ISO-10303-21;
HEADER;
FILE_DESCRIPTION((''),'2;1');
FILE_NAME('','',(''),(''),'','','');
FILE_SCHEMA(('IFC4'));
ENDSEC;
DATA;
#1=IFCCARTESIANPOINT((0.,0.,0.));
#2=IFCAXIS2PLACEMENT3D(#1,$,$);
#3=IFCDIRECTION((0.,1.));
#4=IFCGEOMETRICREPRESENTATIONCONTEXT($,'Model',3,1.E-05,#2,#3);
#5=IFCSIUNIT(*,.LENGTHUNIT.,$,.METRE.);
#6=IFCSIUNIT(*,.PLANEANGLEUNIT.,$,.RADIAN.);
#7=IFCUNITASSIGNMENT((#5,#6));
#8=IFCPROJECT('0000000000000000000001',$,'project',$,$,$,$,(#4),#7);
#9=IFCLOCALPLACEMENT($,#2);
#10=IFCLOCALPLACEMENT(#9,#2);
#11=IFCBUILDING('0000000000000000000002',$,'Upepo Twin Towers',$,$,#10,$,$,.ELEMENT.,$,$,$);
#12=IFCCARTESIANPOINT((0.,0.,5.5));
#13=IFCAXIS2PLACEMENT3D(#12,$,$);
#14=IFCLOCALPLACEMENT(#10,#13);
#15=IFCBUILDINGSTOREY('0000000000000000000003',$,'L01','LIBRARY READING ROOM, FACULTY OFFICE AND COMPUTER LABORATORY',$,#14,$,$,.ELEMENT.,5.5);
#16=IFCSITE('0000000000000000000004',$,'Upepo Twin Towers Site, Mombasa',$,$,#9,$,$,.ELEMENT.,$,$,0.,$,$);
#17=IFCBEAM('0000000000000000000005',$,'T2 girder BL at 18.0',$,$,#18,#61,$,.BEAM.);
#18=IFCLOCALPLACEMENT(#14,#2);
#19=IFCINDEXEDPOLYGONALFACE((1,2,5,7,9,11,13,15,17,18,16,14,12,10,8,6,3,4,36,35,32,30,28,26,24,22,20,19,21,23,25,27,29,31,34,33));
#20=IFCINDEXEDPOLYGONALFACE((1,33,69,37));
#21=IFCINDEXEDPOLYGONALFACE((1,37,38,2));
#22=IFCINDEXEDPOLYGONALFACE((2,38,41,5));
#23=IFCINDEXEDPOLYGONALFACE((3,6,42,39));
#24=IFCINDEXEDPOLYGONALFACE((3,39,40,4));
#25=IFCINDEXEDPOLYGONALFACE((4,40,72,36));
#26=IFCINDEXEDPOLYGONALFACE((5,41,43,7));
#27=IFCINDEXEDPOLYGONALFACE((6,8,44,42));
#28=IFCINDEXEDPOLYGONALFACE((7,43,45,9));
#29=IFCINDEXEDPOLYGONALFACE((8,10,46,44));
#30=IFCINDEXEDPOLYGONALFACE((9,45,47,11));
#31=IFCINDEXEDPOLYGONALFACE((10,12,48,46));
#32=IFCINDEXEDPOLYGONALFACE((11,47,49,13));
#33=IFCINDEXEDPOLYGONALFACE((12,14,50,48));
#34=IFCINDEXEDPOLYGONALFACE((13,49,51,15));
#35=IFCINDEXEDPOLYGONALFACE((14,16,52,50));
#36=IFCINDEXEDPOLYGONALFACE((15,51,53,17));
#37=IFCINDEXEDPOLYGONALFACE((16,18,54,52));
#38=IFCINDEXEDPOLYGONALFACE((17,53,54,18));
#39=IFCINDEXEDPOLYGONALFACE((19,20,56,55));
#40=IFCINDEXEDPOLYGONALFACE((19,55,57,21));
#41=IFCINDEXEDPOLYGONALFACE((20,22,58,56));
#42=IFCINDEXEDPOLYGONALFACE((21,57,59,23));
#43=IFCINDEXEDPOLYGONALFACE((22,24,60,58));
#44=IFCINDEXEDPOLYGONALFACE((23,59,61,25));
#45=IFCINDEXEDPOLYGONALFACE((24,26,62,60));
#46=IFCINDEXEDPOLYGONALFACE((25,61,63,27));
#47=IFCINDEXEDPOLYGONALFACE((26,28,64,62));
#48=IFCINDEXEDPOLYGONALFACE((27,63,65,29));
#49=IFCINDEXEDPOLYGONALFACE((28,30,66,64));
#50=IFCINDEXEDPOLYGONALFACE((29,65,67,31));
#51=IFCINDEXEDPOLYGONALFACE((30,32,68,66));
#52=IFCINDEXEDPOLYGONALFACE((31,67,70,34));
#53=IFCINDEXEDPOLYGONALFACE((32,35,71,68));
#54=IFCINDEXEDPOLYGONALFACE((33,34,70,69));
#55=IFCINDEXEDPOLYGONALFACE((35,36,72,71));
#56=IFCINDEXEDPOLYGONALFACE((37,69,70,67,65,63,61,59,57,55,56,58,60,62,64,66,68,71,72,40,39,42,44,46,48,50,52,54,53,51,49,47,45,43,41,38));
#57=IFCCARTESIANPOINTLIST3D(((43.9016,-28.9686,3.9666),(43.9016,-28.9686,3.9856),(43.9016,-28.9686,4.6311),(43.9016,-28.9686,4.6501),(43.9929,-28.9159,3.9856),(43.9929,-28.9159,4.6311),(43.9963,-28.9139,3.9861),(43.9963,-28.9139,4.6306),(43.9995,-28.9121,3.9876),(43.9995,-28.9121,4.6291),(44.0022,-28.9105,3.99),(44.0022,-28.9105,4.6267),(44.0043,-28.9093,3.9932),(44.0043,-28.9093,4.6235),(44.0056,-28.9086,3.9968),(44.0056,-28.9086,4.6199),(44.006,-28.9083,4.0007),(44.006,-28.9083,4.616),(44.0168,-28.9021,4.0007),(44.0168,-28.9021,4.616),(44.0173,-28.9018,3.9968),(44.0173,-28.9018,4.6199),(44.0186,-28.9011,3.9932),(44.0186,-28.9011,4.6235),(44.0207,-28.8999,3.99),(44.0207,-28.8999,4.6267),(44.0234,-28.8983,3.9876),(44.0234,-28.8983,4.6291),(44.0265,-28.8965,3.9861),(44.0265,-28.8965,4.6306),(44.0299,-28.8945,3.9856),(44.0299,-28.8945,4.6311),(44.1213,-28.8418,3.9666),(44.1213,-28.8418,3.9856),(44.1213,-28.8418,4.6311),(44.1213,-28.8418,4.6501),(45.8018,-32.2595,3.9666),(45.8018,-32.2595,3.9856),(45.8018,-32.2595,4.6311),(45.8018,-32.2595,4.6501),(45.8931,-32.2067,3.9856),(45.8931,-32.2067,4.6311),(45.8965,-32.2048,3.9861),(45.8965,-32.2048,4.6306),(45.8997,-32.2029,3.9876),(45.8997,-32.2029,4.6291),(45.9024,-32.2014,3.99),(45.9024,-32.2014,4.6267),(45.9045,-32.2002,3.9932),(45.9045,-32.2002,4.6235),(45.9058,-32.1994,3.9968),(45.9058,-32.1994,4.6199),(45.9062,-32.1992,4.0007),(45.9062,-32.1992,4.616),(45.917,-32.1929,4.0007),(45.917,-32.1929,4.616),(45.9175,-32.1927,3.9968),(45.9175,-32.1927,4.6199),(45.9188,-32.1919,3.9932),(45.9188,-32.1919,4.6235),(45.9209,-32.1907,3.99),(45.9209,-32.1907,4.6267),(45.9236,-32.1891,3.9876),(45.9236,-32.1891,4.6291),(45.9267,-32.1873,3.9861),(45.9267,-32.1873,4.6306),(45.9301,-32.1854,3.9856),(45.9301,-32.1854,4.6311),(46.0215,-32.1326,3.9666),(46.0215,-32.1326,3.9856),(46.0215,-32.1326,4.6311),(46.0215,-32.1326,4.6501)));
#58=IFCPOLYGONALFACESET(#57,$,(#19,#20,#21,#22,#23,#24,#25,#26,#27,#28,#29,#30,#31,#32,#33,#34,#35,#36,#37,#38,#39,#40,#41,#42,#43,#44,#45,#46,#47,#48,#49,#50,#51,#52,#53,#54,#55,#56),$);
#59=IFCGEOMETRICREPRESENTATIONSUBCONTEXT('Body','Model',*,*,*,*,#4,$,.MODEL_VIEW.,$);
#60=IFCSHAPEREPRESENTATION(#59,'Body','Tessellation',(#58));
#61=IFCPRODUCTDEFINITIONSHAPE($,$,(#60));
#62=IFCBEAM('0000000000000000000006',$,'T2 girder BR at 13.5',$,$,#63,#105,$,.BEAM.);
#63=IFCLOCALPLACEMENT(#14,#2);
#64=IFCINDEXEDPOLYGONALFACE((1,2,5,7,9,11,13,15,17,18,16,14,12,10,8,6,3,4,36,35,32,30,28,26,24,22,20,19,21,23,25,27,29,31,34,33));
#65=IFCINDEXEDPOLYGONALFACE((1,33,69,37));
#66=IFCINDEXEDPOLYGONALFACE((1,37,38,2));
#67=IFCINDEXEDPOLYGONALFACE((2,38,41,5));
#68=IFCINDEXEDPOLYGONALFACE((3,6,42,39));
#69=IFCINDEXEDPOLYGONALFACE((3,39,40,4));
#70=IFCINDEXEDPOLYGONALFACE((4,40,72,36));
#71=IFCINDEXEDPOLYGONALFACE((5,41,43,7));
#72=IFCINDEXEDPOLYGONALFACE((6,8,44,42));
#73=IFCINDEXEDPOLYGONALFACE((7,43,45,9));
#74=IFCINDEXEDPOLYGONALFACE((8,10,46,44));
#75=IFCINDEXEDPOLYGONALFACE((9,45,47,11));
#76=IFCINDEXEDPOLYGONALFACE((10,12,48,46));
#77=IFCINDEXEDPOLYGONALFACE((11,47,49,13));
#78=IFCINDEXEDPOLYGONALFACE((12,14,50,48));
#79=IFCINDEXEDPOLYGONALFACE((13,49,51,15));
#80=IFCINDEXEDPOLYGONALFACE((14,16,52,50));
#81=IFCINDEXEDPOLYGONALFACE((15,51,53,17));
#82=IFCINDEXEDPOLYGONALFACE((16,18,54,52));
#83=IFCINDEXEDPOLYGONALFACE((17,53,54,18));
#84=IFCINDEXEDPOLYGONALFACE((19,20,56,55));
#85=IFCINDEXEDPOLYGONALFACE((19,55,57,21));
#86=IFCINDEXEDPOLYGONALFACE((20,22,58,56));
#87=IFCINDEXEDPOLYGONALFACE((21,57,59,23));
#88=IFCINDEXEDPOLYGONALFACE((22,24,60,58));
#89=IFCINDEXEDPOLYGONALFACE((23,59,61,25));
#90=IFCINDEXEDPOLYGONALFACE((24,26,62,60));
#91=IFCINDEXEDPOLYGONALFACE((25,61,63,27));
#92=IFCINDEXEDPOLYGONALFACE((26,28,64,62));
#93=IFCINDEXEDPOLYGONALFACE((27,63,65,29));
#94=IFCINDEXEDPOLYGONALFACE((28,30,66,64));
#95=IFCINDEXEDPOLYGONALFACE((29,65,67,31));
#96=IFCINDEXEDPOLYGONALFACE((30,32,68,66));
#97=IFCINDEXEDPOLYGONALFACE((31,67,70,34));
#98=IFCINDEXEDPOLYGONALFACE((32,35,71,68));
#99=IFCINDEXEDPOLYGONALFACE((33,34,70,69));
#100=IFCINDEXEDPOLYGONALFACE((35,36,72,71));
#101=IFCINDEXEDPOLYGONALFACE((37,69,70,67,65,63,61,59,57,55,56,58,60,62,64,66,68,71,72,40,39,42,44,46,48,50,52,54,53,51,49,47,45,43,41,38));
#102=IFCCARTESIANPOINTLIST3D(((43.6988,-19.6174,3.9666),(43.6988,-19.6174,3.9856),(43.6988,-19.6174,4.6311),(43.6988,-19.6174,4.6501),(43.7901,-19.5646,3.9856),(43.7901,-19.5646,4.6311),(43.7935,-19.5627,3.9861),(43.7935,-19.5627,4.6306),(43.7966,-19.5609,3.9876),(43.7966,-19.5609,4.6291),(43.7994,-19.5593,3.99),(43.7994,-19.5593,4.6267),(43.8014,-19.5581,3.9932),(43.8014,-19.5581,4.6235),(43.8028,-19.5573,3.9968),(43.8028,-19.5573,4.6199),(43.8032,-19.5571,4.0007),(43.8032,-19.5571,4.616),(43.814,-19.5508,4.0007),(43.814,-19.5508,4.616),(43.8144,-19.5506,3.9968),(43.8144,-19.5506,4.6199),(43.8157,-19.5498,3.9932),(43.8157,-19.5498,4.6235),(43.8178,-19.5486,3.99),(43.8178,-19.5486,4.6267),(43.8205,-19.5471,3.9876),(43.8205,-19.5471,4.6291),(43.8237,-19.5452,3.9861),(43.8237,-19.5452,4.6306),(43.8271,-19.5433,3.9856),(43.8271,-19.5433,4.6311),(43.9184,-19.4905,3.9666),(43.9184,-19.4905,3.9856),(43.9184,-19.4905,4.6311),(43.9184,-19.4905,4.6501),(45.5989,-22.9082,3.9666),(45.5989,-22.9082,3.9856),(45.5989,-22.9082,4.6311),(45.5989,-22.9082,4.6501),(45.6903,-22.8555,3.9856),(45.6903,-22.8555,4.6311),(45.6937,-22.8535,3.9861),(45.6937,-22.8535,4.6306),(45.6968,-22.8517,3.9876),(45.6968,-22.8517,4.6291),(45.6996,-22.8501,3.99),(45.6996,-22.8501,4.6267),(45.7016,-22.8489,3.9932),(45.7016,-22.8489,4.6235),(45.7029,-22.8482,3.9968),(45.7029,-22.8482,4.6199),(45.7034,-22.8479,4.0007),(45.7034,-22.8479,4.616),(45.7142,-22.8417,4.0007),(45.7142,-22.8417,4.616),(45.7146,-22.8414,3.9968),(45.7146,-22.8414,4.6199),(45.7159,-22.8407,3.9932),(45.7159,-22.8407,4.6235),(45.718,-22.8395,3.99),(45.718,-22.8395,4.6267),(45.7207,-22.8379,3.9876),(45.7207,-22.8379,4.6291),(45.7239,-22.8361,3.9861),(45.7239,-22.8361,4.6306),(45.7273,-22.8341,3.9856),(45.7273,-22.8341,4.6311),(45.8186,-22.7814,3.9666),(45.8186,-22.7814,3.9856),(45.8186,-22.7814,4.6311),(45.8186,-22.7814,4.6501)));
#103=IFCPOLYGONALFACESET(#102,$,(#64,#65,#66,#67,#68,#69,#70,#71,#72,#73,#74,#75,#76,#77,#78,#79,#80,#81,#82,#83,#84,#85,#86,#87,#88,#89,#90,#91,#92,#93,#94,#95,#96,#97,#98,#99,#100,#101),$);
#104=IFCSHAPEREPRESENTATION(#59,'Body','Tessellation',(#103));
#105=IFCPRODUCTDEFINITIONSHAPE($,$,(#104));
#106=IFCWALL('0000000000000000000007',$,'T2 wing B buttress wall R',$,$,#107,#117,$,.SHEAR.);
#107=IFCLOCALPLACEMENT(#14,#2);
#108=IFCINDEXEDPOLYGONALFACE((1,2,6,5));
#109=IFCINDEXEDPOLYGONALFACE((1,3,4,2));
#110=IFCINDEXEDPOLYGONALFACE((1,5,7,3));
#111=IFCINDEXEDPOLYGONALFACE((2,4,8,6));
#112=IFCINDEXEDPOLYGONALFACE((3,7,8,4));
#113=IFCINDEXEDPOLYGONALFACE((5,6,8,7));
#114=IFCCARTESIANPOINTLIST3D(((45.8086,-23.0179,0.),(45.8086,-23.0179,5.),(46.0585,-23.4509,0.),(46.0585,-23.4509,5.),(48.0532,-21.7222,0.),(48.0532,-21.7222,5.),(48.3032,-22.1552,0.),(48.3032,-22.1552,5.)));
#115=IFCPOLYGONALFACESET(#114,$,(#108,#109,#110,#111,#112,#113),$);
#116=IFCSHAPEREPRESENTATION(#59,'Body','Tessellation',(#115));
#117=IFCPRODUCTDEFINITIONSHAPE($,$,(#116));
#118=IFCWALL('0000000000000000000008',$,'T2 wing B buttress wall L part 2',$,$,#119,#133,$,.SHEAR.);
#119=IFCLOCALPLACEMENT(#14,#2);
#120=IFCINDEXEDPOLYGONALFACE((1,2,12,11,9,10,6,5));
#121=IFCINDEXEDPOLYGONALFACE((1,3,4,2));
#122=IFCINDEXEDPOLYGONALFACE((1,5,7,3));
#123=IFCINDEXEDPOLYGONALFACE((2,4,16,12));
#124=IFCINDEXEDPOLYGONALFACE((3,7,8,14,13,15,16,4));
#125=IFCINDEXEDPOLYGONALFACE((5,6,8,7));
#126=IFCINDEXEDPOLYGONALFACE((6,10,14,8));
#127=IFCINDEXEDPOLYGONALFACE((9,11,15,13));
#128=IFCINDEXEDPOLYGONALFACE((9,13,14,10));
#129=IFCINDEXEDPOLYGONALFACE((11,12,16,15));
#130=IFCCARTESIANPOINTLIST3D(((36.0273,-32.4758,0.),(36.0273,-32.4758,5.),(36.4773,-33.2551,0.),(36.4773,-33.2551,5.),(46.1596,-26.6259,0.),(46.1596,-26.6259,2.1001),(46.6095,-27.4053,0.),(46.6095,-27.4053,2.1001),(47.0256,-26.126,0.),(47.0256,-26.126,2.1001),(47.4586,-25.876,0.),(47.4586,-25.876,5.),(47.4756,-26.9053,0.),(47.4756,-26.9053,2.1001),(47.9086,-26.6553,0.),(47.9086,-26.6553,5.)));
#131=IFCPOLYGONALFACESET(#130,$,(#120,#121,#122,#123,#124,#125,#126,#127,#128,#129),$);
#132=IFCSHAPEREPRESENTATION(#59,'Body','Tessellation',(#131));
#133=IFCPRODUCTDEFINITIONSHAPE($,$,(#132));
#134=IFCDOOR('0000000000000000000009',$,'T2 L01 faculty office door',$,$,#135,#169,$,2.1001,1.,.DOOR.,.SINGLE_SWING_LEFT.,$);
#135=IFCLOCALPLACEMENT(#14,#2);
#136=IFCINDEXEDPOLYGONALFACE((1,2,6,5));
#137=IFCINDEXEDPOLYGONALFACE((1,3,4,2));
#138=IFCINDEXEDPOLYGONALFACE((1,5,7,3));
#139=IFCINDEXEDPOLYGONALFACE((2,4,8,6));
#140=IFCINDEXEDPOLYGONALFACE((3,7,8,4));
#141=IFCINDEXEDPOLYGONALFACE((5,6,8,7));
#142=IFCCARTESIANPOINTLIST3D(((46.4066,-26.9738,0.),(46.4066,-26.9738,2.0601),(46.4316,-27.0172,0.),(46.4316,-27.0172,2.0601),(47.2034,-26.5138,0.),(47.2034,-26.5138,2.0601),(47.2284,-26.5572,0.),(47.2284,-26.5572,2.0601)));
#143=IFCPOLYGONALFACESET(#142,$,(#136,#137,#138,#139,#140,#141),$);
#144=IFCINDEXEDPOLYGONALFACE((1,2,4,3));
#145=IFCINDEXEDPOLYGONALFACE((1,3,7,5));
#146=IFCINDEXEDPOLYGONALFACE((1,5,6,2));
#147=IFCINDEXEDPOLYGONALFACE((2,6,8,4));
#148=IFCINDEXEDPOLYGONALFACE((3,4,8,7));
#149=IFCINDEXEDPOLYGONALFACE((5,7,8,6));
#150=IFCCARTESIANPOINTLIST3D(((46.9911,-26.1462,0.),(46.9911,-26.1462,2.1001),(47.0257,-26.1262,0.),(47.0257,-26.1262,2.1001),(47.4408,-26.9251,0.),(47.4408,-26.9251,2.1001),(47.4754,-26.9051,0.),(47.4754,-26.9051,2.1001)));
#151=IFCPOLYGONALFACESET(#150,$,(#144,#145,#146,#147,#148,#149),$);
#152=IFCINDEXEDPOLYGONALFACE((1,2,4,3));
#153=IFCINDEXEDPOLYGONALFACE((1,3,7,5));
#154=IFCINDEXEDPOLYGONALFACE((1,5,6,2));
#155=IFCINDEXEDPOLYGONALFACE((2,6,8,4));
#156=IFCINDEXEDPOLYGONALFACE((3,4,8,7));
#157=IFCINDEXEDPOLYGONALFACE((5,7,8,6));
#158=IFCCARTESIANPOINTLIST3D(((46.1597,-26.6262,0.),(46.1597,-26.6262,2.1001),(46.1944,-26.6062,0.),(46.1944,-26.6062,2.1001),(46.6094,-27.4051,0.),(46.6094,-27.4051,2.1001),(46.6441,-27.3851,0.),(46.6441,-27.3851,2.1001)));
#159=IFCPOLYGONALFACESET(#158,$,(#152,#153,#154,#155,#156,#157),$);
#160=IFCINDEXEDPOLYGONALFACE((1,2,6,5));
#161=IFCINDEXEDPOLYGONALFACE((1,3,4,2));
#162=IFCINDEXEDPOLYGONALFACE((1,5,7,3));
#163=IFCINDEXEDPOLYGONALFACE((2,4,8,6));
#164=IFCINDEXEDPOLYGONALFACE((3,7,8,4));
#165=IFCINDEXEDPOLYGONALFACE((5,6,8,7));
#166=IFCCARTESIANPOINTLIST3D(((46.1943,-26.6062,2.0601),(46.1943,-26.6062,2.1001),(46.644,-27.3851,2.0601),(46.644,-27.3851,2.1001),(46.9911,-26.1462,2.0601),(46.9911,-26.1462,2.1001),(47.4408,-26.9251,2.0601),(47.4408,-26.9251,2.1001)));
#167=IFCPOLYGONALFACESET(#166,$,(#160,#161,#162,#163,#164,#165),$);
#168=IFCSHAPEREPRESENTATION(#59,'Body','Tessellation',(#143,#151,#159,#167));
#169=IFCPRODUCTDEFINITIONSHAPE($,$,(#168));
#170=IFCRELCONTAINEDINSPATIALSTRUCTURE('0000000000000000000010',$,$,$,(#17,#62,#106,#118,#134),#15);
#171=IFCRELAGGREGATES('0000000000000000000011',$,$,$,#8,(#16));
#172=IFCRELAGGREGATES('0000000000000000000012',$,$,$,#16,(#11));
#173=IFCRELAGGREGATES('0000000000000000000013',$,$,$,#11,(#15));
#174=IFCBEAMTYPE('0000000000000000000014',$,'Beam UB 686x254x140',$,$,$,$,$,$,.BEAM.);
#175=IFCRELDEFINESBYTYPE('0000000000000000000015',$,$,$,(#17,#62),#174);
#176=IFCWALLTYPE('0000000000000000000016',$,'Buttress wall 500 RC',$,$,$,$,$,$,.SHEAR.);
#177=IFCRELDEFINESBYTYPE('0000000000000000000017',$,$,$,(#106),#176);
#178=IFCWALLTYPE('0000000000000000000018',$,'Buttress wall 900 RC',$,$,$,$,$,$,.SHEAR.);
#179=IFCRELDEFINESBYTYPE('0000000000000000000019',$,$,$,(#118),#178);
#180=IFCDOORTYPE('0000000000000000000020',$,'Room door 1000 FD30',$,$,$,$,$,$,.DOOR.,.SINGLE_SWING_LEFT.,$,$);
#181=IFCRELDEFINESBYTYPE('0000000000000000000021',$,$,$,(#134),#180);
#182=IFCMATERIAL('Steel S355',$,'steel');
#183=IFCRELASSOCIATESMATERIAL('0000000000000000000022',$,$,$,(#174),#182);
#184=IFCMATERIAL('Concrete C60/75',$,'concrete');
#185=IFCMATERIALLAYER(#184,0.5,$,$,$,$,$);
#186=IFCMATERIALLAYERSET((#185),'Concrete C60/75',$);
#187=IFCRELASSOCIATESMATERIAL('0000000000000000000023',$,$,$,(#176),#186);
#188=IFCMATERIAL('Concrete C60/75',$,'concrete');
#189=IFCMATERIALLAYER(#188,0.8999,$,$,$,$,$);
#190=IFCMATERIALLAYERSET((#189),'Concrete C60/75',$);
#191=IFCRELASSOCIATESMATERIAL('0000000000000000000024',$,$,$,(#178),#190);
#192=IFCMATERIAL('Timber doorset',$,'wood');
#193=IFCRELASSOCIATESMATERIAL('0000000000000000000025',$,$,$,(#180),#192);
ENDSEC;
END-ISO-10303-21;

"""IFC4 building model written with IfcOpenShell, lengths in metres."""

from ifc_helpers import new_model, si_unit, direction, frame, frame_2d, origin, origin_2d, place, context, subcontext, project, spatial, rectangle, i_section, extrude, material, layer, layer_set, material_profile, profile_set, type_object, element, fill, save


model = new_model("IFC4")

# Units and contexts
model_context = context("Model", 3, precision=1e-05, world=origin(), true_north=direction((0.0, 1.0)))
body_context = subcontext(model_context, "Body", "Model", "MODEL_VIEW")
ifc_project = project(units=[si_unit("LENGTHUNIT", "METRE"), si_unit("PLANEANGLEUNIT", "RADIAN")], contexts=[model_context])

# Site, building, storey
site_placement = place(None, origin())
site = spatial("IfcSite", under=ifc_project, at=site_placement, Name="Upepo Twin Towers Site, Mombasa", CompositionType="ELEMENT", RefElevation=0.0)
building_placement = place(site_placement, origin())
building = spatial("IfcBuilding", under=site, at=building_placement, Name="Upepo Twin Towers", CompositionType="ELEMENT")
storey_placement = place(building_placement, frame((0.0, 0.0, 5.5)))
storey = spatial("IfcBuildingStorey", under=building, at=storey_placement, Name="L01", Description="LIBRARY READING ROOM, FACULTY OFFICE AND COMPUTER LABORATORY", CompositionType="ELEMENT", Elevation=5.5)

# Beams
ifc_material_1 = material(Name="Steel S355", Category="steel")
ifc_material_profile_1 = material_profile(ifc_material_1, i_section(OverallWidth=0.2537, OverallDepth=0.6836, WebThickness=0.0125, FlangeThickness=0.019, FilletRadius=0.0151, at=origin_2d()), Name="UB 686x254x140")
ifc_profile_set_1 = profile_set([ifc_material_profile_1], Name="Steel S355")
beam_type_1 = type_object("IfcBeamType", Name="Beam UB 686x254x140", PredefinedType="BEAM", material=ifc_profile_set_1)
for number, where, z_axis, x_axis, name in (
    (1, (45.9116, -32.196, 4.3083), (-0.500043, 0.866, 0.0), (-0.866, -0.500043, 0.0), "T2 girder BL at 18.0"),
    (2, (43.8086, -19.554, 4.3083), (0.500043, -0.866, 0.0), (0.866, 0.500043, 0.0), "T2 girder BR at 13.5"),
):
    element("IfcBeam", number, at=place(storey_placement, frame(where, z_axis=z_axis, x_axis=x_axis)), inside=storey, type_object=beam_type_1, Name=name, PredefinedType="BEAM", context=body_context, shape_type="SweptSolid", body=[
        extrude(i_section(OverallWidth=0.2537, OverallDepth=0.6836, WebThickness=0.0125, FlangeThickness=0.019, FilletRadius=0.0151, at=origin_2d()), origin(), (0.0, 0.0, 1.0), 3.8),
    ])

# Wall
ifc_material_2 = material(Name="Concrete C60/75", Category="concrete")
ifc_layer_1 = layer(ifc_material_2, 0.5)
ifc_layer_set_1 = layer_set([ifc_layer_1], Name="Concrete C60/75")
wall_type_1 = type_object("IfcWallType", Name="Buttress wall 500 RC", PredefinedType="SHEAR", material=ifc_layer_set_1)
wall_1_placement = place(storey_placement, frame((48.1782, -21.9387, 0.0), z_axis=(0.0, 0.0, 1.0), x_axis=(-0.866073, -0.499918, 0.0)))
element("IfcWall", 3, at=wall_1_placement, inside=storey, type_object=wall_type_1, Name="T2 wing B buttress wall R", PredefinedType="SHEAR", context=body_context, shape_type="SweptSolid", body=[
    extrude(rectangle(XDim=2.5918, YDim=0.5, at=frame_2d((1.2959, 0.0))), origin(), (0.0, 0.0, 1.0), 5.0),
])

# Wall, opening, door
ifc_material_3 = material(Name="Concrete C60/75", Category="concrete")
ifc_layer_2 = layer(ifc_material_3, 0.8999)
ifc_layer_set_2 = layer_set([ifc_layer_2], Name="Concrete C60/75")
wall_type_2 = type_object("IfcWallType", Name="Buttress wall 900 RC", PredefinedType="SHEAR", material=ifc_layer_set_2)
wall_2_placement = place(storey_placement, frame((47.6836, -26.2656, 0.0), z_axis=(0.0, 0.0, 1.0), x_axis=(-0.866028, -0.499996, 0.0)))
wall_2 = element("IfcWall", 4, at=wall_2_placement, inside=storey, type_object=wall_type_2, Name="T2 wing B buttress wall L part 2", PredefinedType="SHEAR", context=body_context, shape_type="SweptSolid", body=[
    extrude(rectangle(XDim=13.1997, YDim=0.8999, at=frame_2d((6.5999, 0.0))), origin(), (0.0, 0.0, 1.0), 5.0),
])
opening_1_placement = place(wall_2_placement, frame((0.5, 0.0, 0.0)))
opening_1 = element("IfcOpeningElement", 5, at=opening_1_placement, cuts=wall_2, PredefinedType="OPENING", context=body_context, shape_type="SweptSolid", body=[
    extrude(rectangle(XDim=1.0, YDim=2.1001, at=frame_2d((0.5, 1.05))), frame((0.0, 0.46, 0.0), z_axis=(0.0, -1.0, 0.0), x_axis=(1.0, 0.0, 0.0)), (0.0, 0.0, 1.0), 0.9199),
])
ifc_material_4 = material(Name="Timber doorset", Category="wood")
door_type_1 = type_object("IfcDoorType", Name="Room door 1000 FD30", OperationType="SINGLE_SWING_LEFT", PredefinedType="DOOR", material=ifc_material_4)
door_1_placement = place(opening_1_placement, origin())
door_1 = element("IfcDoor", 6, at=door_1_placement, inside=storey, type_object=door_type_1, Name="T2 L01 faculty office door", OperationType="SINGLE_SWING_LEFT", OverallHeight=2.1001, OverallWidth=1.0, PredefinedType="DOOR", context=body_context, shape_type="SweptSolid", body=[
    extrude(rectangle(XDim=0.92, YDim=2.0601, at=frame_2d((0.5, 1.03))), frame((0.0, 0.0249, 0.0), z_axis=(0.0, -1.0, 0.0), x_axis=(1.0, 0.0, 0.0)), (0.0, 0.0, 1.0), 0.05),
    extrude(rectangle(XDim=0.04, YDim=2.1001, at=frame_2d((0.02, 1.05))), frame((0.0, 0.4497, 0.0), z_axis=(0.0, -1.0, 0.0), x_axis=(1.0, 0.0, 0.0)), (0.0, 0.0, 1.0), 0.8994),
    extrude(rectangle(XDim=0.04, YDim=2.1001, at=frame_2d((0.98, 1.05))), frame((0.0, 0.4497, 0.0), z_axis=(0.0, -1.0, 0.0), x_axis=(1.0, 0.0, 0.0)), (0.0, 0.0, 1.0), 0.8994),
    extrude(rectangle(XDim=0.92, YDim=0.04, at=frame_2d((0.5, 2.0801))), frame((0.0, 0.4497, 0.0), z_axis=(0.0, -1.0, 0.0), x_axis=(1.0, 0.0, 0.0)), (0.0, 0.0, 1.0), 0.8994),
])
fill(opening_1, door_1)

save(model, "model.ifc")
